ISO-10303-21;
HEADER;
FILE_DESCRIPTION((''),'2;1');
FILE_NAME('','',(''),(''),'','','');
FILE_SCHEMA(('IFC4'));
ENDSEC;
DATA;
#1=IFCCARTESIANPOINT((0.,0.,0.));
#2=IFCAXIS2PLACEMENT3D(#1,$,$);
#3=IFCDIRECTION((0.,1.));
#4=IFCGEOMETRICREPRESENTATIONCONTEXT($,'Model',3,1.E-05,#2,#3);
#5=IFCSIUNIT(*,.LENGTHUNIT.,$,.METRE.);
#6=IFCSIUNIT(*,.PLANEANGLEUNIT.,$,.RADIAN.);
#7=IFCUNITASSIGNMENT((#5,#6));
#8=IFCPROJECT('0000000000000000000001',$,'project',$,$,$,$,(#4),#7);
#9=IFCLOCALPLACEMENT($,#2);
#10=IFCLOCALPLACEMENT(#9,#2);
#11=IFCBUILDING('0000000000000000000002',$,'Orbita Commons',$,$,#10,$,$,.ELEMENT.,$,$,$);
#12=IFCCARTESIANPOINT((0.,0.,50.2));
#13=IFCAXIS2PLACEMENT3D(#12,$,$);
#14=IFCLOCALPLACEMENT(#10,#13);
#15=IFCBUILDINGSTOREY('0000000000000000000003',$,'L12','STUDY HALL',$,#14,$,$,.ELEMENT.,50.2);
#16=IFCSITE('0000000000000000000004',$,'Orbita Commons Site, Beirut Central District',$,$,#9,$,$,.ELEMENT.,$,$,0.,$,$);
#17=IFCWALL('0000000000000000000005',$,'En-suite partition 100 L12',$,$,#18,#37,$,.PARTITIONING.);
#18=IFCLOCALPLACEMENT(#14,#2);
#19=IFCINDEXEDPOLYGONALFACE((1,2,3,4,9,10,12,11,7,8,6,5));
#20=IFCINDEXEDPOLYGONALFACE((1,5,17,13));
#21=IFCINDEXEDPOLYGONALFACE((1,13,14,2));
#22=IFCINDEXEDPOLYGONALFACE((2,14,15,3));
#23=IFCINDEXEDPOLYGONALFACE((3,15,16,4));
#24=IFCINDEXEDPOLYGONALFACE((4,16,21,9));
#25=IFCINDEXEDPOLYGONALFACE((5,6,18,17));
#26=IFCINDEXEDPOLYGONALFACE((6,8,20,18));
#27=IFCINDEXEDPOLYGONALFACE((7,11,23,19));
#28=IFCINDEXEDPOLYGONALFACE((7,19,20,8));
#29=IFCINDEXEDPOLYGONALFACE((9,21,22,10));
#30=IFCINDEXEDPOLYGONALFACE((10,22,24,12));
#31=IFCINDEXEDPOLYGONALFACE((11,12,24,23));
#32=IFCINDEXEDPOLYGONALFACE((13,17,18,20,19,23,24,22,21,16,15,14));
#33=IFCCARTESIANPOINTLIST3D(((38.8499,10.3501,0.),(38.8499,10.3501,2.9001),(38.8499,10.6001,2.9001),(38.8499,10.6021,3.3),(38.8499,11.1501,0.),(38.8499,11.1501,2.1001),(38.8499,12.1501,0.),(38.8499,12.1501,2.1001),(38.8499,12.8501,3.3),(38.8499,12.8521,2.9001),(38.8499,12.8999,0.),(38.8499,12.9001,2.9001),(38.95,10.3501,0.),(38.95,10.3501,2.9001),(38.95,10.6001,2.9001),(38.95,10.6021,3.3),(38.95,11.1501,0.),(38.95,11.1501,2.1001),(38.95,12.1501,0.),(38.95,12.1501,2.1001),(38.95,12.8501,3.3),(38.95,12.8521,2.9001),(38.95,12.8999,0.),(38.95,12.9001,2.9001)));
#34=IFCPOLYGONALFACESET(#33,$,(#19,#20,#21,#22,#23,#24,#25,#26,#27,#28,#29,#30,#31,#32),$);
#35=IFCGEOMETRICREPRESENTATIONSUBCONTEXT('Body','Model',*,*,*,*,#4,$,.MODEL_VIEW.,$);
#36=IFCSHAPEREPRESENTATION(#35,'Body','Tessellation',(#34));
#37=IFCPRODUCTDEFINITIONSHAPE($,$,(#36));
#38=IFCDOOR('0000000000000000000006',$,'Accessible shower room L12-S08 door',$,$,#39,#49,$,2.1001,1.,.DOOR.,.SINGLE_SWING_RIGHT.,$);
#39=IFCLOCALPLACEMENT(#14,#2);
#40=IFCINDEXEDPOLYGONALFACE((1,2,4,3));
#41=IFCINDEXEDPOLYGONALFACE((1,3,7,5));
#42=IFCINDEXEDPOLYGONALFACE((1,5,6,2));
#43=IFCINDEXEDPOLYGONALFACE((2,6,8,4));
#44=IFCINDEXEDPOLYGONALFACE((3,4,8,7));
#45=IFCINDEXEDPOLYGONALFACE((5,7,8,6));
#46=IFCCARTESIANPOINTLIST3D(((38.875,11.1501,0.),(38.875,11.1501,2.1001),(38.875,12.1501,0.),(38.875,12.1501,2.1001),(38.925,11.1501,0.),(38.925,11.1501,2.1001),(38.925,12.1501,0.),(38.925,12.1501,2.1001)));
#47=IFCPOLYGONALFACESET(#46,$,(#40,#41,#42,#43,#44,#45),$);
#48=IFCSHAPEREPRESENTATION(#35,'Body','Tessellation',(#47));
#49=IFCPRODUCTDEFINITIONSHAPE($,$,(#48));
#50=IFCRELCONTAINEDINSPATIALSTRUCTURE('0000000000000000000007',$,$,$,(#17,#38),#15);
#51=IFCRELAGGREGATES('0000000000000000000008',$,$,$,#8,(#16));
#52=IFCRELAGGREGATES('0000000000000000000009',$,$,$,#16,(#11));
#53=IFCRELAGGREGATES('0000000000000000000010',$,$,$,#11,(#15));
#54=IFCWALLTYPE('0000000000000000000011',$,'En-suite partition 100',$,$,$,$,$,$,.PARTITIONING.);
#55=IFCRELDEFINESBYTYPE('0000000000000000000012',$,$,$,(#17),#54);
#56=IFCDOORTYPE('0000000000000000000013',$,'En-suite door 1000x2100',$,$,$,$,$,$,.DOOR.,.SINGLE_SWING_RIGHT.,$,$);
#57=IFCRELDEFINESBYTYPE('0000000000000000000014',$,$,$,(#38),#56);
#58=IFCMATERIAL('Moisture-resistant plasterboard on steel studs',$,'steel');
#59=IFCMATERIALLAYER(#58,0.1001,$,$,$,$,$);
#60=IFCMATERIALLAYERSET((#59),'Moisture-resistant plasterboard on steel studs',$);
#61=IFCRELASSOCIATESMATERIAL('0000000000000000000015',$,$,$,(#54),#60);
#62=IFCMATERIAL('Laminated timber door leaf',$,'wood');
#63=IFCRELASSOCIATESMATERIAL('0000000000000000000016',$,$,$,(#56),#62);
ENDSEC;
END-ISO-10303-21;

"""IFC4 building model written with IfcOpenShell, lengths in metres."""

from ifc_helpers import new_model, si_unit, direction, frame, frame_2d, origin, place, context, subcontext, project, spatial, polyline, rectangle, outline, extrude, material, layer, layer_set, type_object, element, fill, save


model = new_model("IFC4")

# Units and contexts
model_context = context("Model", 3, precision=1e-05, world=origin(), true_north=direction((0.0, 1.0)))
body_context = subcontext(model_context, "Body", "Model", "MODEL_VIEW")
ifc_project = project(units=[si_unit("LENGTHUNIT", "METRE"), si_unit("PLANEANGLEUNIT", "RADIAN")], contexts=[model_context])

# Site, building, storey
site_placement = place(None, origin())
site = spatial("IfcSite", under=ifc_project, at=site_placement, Name="Orbita Commons Site, Beirut Central District", CompositionType="ELEMENT", RefElevation=0.0)
building_placement = place(site_placement, origin())
building = spatial("IfcBuilding", under=site, at=building_placement, Name="Orbita Commons", CompositionType="ELEMENT")
storey_placement = place(building_placement, frame((0.0, 0.0, 50.2)))
storey = spatial("IfcBuildingStorey", under=building, at=storey_placement, Name="L12", Description="STUDY HALL", CompositionType="ELEMENT", Elevation=50.2)

# Shared definitions
ifc_material_1 = material(Name="Moisture-resistant plasterboard on steel studs", Category="steel")
ifc_layer_1 = layer(ifc_material_1, 0.1001)
ifc_layer_set_1 = layer_set([ifc_layer_1], Name="Moisture-resistant plasterboard on steel studs")
wall_type_1 = type_object("IfcWallType", Name="En-suite partition 100", PredefinedType="PARTITIONING", material=ifc_layer_set_1)

# Wall, opening, door
wall_1_placement = place(storey_placement, frame((38.8999, 10.3501, 0.0), z_axis=(0.0, 0.0, 1.0), x_axis=(0.0, 1.0, 0.0)))
wall_1 = element("IfcWall", 1, at=wall_1_placement, inside=storey, type_object=wall_type_1, Name="En-suite partition 100 L12", PredefinedType="PARTITIONING", context=body_context, shape_type="SweptSolid", body=[
    extrude(outline(polyline([(0.0, 0.0), (2.5498, 0.0), (2.55, 2.9001), (2.502, 2.9001), (2.5, 3.3), (0.252, 3.3), (0.25, 2.9001), (0.0, 2.9001), (0.0, 0.0)])), frame((0.0, 0.05, 0.0), z_axis=(0.0, -1.0, 0.0), x_axis=(1.0, 0.0, 0.0)), (0.0, 0.0, 1.0), 0.1001),
])
opening_1_placement = place(wall_1_placement, frame((0.8, 0.0, 0.0)))
opening_1 = element("IfcOpeningElement", 2, at=opening_1_placement, cuts=wall_1, PredefinedType="OPENING", context=body_context, shape_type="SweptSolid", body=[
    extrude(rectangle(XDim=1.0, YDim=2.1001, at=frame_2d((0.5, 1.05))), frame((0.0, 0.0601, 0.0), z_axis=(0.0, -1.0, 0.0), x_axis=(1.0, 0.0, 0.0)), (0.0, 0.0, 1.0), 0.1201),
])
ifc_material_2 = material(Name="Laminated timber door leaf", Category="wood")
door_type_1 = type_object("IfcDoorType", Name="En-suite door 1000x2100", OperationType="SINGLE_SWING_RIGHT", PredefinedType="DOOR", material=ifc_material_2)
door_1_placement = place(opening_1_placement, origin())
door_1 = element("IfcDoor", 3, at=door_1_placement, inside=storey, type_object=door_type_1, Name="Accessible shower room L12-S08 door", OperationType="SINGLE_SWING_RIGHT", OverallHeight=2.1001, OverallWidth=1.0, PredefinedType="DOOR", context=body_context, shape_type="SweptSolid", body=[
    extrude(rectangle(XDim=1.0, YDim=2.1001, at=frame_2d((0.5, 1.05))), frame((0.0, 0.0249, 0.0), z_axis=(0.0, -1.0, 0.0), x_axis=(1.0, 0.0, 0.0)), (0.0, 0.0, 1.0), 0.05),
])
fill(opening_1, door_1)

save(model, "model.ifc")
